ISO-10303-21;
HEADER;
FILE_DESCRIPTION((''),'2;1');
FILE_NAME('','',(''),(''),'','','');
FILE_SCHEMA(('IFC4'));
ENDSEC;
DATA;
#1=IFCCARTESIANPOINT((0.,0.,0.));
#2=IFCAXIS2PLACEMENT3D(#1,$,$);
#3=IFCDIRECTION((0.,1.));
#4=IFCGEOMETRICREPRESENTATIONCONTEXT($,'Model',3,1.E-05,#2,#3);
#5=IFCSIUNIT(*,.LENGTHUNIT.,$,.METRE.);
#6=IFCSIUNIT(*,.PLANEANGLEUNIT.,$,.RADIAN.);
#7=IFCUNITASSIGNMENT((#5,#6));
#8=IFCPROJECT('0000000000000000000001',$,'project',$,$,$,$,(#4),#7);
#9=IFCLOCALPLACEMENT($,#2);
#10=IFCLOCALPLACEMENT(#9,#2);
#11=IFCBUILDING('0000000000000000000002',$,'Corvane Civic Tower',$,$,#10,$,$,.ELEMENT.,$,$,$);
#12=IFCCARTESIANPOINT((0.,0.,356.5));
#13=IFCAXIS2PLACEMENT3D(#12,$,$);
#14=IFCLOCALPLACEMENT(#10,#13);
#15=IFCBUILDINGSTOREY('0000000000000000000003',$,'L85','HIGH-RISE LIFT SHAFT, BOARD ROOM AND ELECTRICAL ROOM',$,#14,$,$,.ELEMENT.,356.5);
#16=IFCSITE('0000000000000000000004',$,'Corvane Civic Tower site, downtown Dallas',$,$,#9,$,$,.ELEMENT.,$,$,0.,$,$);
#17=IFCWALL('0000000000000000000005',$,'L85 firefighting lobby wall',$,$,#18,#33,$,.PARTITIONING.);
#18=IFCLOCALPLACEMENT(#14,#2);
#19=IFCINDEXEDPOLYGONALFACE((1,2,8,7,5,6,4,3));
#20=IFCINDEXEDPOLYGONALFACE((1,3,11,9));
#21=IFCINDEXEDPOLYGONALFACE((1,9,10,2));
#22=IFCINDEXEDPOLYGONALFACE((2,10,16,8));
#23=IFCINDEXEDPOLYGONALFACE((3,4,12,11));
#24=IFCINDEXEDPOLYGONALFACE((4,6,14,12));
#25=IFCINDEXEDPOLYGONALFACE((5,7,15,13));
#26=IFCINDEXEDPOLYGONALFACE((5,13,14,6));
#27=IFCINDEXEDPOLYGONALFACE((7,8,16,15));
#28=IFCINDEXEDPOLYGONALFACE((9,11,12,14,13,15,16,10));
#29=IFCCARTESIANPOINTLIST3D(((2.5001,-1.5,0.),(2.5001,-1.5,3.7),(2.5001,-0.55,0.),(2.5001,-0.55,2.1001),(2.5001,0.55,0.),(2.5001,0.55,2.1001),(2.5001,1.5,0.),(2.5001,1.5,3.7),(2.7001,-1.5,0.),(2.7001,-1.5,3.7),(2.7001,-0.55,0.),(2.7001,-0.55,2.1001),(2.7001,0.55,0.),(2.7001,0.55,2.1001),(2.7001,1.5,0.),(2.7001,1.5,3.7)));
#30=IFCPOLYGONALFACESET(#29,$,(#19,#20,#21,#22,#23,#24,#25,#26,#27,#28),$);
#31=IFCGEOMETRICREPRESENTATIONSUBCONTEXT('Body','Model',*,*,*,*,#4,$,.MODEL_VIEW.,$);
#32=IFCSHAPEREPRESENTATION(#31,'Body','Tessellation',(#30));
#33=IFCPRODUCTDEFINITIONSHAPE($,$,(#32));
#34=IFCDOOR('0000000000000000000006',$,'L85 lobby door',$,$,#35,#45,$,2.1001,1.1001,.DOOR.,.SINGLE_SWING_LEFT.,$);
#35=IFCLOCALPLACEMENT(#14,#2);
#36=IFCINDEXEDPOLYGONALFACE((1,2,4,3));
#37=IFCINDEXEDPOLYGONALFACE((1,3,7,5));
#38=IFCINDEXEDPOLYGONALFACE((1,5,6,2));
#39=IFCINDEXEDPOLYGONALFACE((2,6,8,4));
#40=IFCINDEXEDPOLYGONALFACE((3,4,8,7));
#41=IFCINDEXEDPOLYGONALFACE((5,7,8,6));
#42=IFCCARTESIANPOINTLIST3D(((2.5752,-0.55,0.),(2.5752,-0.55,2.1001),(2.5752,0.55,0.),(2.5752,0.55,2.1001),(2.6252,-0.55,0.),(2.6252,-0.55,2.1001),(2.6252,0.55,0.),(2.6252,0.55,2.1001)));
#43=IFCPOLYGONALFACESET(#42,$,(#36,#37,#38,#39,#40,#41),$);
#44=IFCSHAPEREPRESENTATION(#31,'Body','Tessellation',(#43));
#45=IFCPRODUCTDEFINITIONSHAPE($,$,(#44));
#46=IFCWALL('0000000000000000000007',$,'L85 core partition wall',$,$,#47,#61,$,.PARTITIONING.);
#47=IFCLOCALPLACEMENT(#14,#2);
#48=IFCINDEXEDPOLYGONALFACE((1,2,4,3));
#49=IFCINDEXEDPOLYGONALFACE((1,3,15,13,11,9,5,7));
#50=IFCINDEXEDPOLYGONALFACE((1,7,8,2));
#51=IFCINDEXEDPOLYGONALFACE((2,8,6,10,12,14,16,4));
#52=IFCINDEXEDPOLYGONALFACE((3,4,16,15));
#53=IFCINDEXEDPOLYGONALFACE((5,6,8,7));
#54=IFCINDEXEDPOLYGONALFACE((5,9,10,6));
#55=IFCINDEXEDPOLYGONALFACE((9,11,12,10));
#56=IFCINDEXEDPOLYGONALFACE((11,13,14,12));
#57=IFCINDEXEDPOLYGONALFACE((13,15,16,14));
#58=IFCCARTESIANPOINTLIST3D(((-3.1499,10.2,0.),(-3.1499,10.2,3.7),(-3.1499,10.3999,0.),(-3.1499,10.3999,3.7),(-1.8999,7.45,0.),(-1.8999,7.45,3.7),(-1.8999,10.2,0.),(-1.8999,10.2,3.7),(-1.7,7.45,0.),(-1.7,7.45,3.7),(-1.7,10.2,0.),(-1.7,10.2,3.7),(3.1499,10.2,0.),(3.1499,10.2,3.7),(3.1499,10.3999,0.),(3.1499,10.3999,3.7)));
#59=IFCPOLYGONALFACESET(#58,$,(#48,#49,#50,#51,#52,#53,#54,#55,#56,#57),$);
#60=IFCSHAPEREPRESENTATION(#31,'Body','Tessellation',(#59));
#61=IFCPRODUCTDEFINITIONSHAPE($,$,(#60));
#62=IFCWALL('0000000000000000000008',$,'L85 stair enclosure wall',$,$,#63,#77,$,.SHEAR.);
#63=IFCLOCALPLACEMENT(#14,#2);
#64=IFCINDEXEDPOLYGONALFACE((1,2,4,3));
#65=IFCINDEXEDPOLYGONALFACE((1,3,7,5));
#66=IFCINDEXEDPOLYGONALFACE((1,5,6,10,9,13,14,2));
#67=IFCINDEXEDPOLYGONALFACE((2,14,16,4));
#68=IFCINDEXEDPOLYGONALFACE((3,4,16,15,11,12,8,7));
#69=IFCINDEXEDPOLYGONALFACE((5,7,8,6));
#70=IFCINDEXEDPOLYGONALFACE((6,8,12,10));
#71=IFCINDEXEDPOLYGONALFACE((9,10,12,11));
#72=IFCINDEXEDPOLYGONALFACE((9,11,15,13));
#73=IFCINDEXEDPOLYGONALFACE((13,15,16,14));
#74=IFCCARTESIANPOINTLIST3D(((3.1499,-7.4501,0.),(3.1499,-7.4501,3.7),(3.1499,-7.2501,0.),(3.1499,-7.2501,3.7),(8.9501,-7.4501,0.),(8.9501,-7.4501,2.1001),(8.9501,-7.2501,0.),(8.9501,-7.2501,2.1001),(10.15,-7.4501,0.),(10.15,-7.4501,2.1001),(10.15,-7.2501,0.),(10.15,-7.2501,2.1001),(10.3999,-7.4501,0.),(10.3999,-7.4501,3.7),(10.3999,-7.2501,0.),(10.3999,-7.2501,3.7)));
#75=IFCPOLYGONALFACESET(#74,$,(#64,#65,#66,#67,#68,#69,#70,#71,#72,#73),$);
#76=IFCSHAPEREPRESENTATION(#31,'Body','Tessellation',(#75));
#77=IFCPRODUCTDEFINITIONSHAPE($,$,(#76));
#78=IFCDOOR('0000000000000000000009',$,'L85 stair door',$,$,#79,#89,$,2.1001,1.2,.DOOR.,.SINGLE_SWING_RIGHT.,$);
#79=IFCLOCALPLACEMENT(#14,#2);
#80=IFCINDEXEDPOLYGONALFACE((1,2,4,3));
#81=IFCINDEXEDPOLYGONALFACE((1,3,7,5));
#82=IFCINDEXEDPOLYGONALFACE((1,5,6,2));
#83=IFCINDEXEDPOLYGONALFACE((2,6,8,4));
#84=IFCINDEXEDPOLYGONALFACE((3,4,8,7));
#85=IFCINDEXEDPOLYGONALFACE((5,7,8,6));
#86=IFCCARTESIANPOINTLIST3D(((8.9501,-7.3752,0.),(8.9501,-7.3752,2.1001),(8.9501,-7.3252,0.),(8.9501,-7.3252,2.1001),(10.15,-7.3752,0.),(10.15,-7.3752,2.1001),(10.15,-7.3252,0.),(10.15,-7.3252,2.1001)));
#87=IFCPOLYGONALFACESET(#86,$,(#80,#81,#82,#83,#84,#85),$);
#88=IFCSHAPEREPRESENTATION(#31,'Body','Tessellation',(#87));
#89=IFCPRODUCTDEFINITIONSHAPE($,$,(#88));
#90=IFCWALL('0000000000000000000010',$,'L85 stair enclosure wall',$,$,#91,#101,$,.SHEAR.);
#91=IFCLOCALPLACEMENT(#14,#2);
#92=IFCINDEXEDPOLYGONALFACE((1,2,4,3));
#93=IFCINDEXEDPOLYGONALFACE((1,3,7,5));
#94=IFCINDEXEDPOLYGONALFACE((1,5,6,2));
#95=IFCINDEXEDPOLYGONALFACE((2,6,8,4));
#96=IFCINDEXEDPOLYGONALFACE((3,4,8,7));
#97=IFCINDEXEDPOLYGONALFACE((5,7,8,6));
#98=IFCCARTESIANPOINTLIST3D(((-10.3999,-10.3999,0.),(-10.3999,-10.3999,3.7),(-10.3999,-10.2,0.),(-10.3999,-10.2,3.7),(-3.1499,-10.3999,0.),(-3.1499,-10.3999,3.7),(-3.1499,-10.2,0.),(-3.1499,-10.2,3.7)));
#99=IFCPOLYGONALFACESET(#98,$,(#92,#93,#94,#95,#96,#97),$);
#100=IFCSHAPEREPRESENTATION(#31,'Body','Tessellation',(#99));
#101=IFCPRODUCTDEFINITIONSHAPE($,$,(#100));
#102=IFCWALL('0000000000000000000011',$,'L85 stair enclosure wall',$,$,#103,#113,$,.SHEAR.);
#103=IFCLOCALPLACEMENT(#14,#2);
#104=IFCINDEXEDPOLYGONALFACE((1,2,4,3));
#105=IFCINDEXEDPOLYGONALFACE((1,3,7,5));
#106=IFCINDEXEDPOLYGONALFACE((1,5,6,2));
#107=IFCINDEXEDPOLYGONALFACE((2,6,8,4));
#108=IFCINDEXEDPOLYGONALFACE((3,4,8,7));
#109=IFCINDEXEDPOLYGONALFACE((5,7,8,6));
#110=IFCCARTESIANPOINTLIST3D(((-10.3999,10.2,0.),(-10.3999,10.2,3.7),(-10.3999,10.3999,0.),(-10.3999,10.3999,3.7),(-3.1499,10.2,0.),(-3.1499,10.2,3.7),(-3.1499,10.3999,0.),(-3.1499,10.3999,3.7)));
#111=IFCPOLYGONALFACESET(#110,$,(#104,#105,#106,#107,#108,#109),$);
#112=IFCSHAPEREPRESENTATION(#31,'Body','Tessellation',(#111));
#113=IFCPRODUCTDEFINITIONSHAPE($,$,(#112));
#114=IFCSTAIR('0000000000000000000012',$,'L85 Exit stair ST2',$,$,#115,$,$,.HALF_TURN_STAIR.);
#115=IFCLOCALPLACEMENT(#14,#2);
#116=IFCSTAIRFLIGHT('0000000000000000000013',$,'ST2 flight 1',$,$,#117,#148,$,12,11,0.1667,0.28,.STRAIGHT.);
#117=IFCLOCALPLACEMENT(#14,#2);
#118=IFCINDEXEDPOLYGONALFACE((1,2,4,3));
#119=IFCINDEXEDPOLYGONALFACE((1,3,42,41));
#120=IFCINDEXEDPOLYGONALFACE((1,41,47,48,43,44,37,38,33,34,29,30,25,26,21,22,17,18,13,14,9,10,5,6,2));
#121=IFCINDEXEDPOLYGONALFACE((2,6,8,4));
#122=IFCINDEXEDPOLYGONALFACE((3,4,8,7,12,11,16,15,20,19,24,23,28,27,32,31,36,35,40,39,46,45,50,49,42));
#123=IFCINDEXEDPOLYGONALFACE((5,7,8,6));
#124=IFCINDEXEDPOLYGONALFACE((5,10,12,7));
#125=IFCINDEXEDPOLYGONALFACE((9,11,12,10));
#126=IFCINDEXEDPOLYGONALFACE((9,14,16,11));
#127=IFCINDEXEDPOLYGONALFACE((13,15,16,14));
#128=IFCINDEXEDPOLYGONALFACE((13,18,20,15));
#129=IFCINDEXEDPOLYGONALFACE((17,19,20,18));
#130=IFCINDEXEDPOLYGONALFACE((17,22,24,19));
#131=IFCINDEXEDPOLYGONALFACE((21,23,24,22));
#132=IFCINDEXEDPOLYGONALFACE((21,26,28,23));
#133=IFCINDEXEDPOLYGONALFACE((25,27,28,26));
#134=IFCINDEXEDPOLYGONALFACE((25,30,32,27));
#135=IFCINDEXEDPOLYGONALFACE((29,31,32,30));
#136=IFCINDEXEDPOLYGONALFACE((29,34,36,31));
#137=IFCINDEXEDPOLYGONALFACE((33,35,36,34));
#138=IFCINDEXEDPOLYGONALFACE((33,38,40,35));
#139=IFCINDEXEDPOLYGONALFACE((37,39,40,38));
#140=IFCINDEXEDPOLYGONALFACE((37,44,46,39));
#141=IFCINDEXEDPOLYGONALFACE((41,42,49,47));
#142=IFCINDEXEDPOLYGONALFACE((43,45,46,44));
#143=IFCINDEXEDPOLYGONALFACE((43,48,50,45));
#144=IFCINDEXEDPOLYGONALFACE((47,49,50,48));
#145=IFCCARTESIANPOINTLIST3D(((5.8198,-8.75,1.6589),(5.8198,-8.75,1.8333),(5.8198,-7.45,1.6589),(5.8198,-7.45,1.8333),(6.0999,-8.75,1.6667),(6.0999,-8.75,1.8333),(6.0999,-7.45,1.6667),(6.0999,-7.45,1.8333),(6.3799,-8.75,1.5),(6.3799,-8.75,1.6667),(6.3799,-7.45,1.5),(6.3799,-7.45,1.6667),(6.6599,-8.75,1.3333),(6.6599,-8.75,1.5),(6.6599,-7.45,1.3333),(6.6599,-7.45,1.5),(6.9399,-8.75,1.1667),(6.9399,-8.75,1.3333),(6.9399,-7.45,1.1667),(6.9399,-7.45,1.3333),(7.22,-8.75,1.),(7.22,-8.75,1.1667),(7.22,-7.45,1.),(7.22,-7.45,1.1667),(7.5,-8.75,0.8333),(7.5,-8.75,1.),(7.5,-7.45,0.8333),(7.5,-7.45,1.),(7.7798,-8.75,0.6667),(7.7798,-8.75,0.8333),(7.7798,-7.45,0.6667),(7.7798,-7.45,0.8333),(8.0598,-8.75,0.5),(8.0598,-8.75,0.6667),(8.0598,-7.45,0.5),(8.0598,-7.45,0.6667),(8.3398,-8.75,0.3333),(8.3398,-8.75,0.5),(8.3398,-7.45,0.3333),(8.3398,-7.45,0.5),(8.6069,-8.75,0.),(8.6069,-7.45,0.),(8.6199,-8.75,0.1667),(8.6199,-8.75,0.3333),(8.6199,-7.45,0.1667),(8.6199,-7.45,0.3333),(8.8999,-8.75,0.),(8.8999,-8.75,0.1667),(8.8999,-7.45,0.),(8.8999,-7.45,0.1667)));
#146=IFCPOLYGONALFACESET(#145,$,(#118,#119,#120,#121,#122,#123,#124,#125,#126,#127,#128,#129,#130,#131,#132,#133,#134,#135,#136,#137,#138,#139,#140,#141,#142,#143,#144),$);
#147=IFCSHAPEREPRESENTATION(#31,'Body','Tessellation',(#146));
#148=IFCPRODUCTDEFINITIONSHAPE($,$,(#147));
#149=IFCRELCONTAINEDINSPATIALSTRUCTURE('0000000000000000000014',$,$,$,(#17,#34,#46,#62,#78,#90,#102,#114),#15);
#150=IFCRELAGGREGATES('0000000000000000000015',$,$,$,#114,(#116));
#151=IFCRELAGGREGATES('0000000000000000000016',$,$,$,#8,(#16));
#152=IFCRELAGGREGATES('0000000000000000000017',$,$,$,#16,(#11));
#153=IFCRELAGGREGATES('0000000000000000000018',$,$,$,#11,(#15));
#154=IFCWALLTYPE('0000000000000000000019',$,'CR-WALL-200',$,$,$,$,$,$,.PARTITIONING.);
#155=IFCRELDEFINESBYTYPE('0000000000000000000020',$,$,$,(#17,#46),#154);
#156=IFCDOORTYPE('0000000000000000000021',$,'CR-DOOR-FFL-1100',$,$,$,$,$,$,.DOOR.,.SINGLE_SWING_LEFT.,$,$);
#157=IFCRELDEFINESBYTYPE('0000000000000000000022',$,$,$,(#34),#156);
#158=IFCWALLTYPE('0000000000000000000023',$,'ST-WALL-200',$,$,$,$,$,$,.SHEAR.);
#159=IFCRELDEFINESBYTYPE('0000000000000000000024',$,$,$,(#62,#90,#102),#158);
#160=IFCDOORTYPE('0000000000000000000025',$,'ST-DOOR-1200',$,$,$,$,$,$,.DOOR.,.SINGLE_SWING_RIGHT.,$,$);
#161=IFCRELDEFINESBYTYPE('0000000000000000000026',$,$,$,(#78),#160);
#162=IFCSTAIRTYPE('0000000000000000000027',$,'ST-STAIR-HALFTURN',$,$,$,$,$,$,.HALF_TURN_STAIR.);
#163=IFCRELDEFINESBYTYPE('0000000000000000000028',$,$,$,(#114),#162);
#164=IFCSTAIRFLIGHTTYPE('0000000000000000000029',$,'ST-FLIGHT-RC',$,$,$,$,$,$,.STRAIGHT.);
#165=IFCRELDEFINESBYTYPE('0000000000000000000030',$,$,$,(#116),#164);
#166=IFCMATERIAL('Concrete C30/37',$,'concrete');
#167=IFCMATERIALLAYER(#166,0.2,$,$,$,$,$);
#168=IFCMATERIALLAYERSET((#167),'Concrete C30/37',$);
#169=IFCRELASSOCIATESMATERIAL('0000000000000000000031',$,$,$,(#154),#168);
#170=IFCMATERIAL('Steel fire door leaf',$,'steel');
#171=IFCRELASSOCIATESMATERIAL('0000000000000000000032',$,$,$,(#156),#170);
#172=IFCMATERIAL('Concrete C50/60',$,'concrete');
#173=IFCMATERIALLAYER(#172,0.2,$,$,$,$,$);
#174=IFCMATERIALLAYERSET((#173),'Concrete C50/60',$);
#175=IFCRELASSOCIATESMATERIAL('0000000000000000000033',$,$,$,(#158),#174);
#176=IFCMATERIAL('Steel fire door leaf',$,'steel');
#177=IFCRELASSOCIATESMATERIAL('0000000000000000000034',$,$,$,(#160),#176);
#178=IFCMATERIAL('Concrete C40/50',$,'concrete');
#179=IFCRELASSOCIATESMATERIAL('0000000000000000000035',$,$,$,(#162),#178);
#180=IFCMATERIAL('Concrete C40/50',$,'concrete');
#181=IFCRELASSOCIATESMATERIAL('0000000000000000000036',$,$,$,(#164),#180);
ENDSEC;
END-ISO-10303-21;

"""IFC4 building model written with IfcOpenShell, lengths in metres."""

from ifc_helpers import new_model, si_unit, direction, frame, frame_2d, origin, place, context, subcontext, project, spatial, polyline, rectangle, outline, extrude, material, layer, layer_set, type_object, element, fill, aggregate, save


model = new_model("IFC4")

# Units and contexts
model_context = context("Model", 3, precision=1e-05, world=origin(), true_north=direction((0.0, 1.0)))
body_context = subcontext(model_context, "Body", "Model", "MODEL_VIEW")
ifc_project = project(units=[si_unit("LENGTHUNIT", "METRE"), si_unit("PLANEANGLEUNIT", "RADIAN")], contexts=[model_context])

# Site, building, storey
site_placement = place(None, origin())
site = spatial("IfcSite", under=ifc_project, at=site_placement, Name="Corvane Civic Tower site, downtown Dallas", CompositionType="ELEMENT", RefElevation=0.0)
building_placement = place(site_placement, origin())
building = spatial("IfcBuilding", under=site, at=building_placement, Name="Corvane Civic Tower", CompositionType="ELEMENT")
storey_placement = place(building_placement, frame((0.0, 0.0, 356.5)))
storey = spatial("IfcBuildingStorey", under=building, at=storey_placement, Name="L85", Description="HIGH-RISE LIFT SHAFT, BOARD ROOM AND ELECTRICAL ROOM", CompositionType="ELEMENT", Elevation=356.5)

# Wall, opening, door
ifc_material_1 = material(Name="Concrete C30/37", Category="concrete")
ifc_layer_1 = layer(ifc_material_1, 0.2)
ifc_layer_set_1 = layer_set([ifc_layer_1], Name="Concrete C30/37")
wall_type_1 = type_object("IfcWallType", Name="CR-WALL-200", PredefinedType="PARTITIONING", material=ifc_layer_set_1)
wall_1_placement = place(storey_placement, frame((2.6001, -1.5, 0.0), z_axis=(0.0, 0.0, 1.0), x_axis=(0.0, 1.0, 0.0)))
wall_1 = element("IfcWall", 1, at=wall_1_placement, inside=storey, type_object=wall_type_1, Name="L85 firefighting lobby wall", PredefinedType="PARTITIONING", context=body_context, shape_type="SweptSolid", body=[
    extrude(rectangle(XDim=3.0, YDim=0.2, at=frame_2d((1.5, 0.0))), origin(), (0.0, 0.0, 1.0), 3.7),
])
opening_1_placement = place(wall_1_placement, frame((0.95, 0.0, 0.0)))
opening_1 = element("IfcOpeningElement", 2, at=opening_1_placement, cuts=wall_1, PredefinedType="OPENING", context=body_context, shape_type="SweptSolid", body=[
    extrude(rectangle(XDim=1.1001, YDim=2.1001, at=frame_2d((0.55, 1.05))), frame((0.0, 0.1099, 0.0), z_axis=(0.0, -1.0, 0.0), x_axis=(1.0, 0.0, 0.0)), (0.0, 0.0, 1.0), 0.22),
])
ifc_material_2 = material(Name="Steel fire door leaf", Category="steel")
door_type_1 = type_object("IfcDoorType", Name="CR-DOOR-FFL-1100", OperationType="SINGLE_SWING_LEFT", PredefinedType="DOOR", material=ifc_material_2)
door_1_placement = place(opening_1_placement, origin())
door_1 = element("IfcDoor", 3, at=door_1_placement, inside=storey, type_object=door_type_1, Name="L85 lobby door", OperationType="SINGLE_SWING_LEFT", OverallHeight=2.1001, OverallWidth=1.1001, PredefinedType="DOOR", context=body_context, shape_type="SweptSolid", body=[
    extrude(rectangle(XDim=1.1001, YDim=2.1001, at=frame_2d((0.55, 1.05))), frame((0.0, 0.0249, 0.0), z_axis=(0.0, -1.0, 0.0), x_axis=(1.0, 0.0, 0.0)), (0.0, 0.0, 1.0), 0.05),
])
fill(opening_1, door_1)

# Wall
wall_2_placement = place(storey_placement, origin())
element("IfcWall", 4, at=wall_2_placement, inside=storey, type_object=wall_type_1, Name="L85 core partition wall", PredefinedType="PARTITIONING", context=body_context, shape_type="SweptSolid", body=[
    extrude(outline(polyline([(-1.7, 7.45), (-1.8999, 7.45), (-1.8999, 10.2), (-3.1499, 10.2), (-3.1499, 10.3999), (3.1499, 10.3999), (3.1499, 10.2), (-1.7, 10.2), (-1.7, 7.45)])), origin(), (0.0, 0.0, 1.0), 3.7),
])

# Wall, opening, door
ifc_material_3 = material(Name="Concrete C50/60", Category="concrete")
ifc_layer_2 = layer(ifc_material_3, 0.2)
ifc_layer_set_2 = layer_set([ifc_layer_2], Name="Concrete C50/60")
wall_type_2 = type_object("IfcWallType", Name="ST-WALL-200", PredefinedType="SHEAR", material=ifc_layer_set_2)
wall_3_placement = place(storey_placement, frame((3.1499, -7.3501, 0.0), z_axis=(0.0, 0.0, 1.0), x_axis=(1.0, 0.0, 0.0)))
wall_3 = element("IfcWall", 5, at=wall_3_placement, inside=storey, type_object=wall_type_2, Name="L85 stair enclosure wall", PredefinedType="SHEAR", context=body_context, shape_type="SweptSolid", body=[
    extrude(rectangle(XDim=7.25, YDim=0.2, at=frame_2d((3.625, 0.0))), origin(), (0.0, 0.0, 1.0), 3.7),
])
opening_2_placement = place(wall_3_placement, frame((5.8, 0.0, 0.0)))
opening_2 = element("IfcOpeningElement", 6, at=opening_2_placement, cuts=wall_3, PredefinedType="OPENING", context=body_context, shape_type="SweptSolid", body=[
    extrude(rectangle(XDim=1.2, YDim=2.1001, at=frame_2d((0.6001, 1.05))), frame((0.0, 0.1099, 0.0), z_axis=(0.0, -1.0, 0.0), x_axis=(1.0, 0.0, 0.0)), (0.0, 0.0, 1.0), 0.22),
])
ifc_material_4 = material(Name="Steel fire door leaf", Category="steel")
door_type_2 = type_object("IfcDoorType", Name="ST-DOOR-1200", OperationType="SINGLE_SWING_RIGHT", PredefinedType="DOOR", material=ifc_material_4)
door_2_placement = place(opening_2_placement, origin())
door_2 = element("IfcDoor", 7, at=door_2_placement, inside=storey, type_object=door_type_2, Name="L85 stair door", OperationType="SINGLE_SWING_RIGHT", OverallHeight=2.1001, OverallWidth=1.2, PredefinedType="DOOR", context=body_context, shape_type="SweptSolid", body=[
    extrude(rectangle(XDim=1.2, YDim=2.1001, at=frame_2d((0.6001, 1.05))), frame((0.0, 0.0249, 0.0), z_axis=(0.0, -1.0, 0.0), x_axis=(1.0, 0.0, 0.0)), (0.0, 0.0, 1.0), 0.05),
])
fill(opening_2, door_2)

# Walls
wall_4_placement = place(storey_placement, origin())
element("IfcWall", 8, at=wall_4_placement, inside=storey, type_object=wall_type_2, Name="L85 stair enclosure wall", PredefinedType="SHEAR", context=body_context, shape_type="SweptSolid", body=[
    extrude(outline(polyline([(-3.1499, -10.2), (-3.1499, -10.3999), (-10.3999, -10.3999), (-10.3999, -10.2), (-3.1499, -10.2)])), origin(), (0.0, 0.0, 1.0), 3.7),
])
wall_5_placement = place(storey_placement, origin())
element("IfcWall", 9, at=wall_5_placement, inside=storey, type_object=wall_type_2, Name="L85 stair enclosure wall", PredefinedType="SHEAR", context=body_context, shape_type="SweptSolid", body=[
    extrude(outline(polyline([(-3.1499, 10.2), (-10.3999, 10.2), (-10.3999, 10.3999), (-3.1499, 10.3999), (-3.1499, 10.2)])), origin(), (0.0, 0.0, 1.0), 3.7),
])

# Stair, stair flight
ifc_material_5 = material(Name="Concrete C40/50", Category="concrete")
stair_type = type_object("IfcStairType", Name="ST-STAIR-HALFTURN", PredefinedType="HALF_TURN_STAIR", material=ifc_material_5)
stair_placement = place(storey_placement, origin())
stair = element("IfcStair", 10, at=stair_placement, inside=storey, type_object=stair_type, Name="L85 Exit stair ST2", PredefinedType="HALF_TURN_STAIR")
ifc_material_6 = material(Name="Concrete C40/50", Category="concrete")
stair_flight_type = type_object("IfcStairFlightType", Name="ST-FLIGHT-RC", PredefinedType="STRAIGHT", material=ifc_material_6)
stair_flight_1_placement = place(storey_placement, frame((8.8999, -8.1001, 0.0), z_axis=(0.0, 0.0, 1.0), x_axis=(-1.0, 0.0, 0.0)))
stair_flight_1 = element("IfcStairFlight", 11, at=stair_flight_1_placement, type_object=stair_flight_type, Name="ST2 flight 1", NumberOfRisers=12, NumberOfTreads=11, PredefinedType="STRAIGHT", RiserHeight=0.1667, TreadLength=0.28, context=body_context, shape_type="SweptSolid", body=[
    extrude(outline(polyline([(0.0, 0.0), (0.0, 0.1667), (0.28, 0.1667), (0.28, 0.3333), (0.5601, 0.3333), (0.5601, 0.5), (0.8401, 0.5), (0.8401, 0.6667), (1.1201, 0.6667), (1.1201, 0.8333), (1.3999, 0.8333), (1.3999, 1.0), (1.6799, 1.0), (1.6799, 1.1667), (1.96, 1.1667), (1.96, 1.3333), (2.24, 1.3333), (2.24, 1.5), (2.52, 1.5), (2.52, 1.6667), (2.8, 1.6667), (2.8, 1.8333), (3.0801, 1.8333), (3.0801, 2.0), (3.0801, 1.6589), (0.293, 0.0), (0.0, 0.0)])), frame((0.0, 0.6499, 0.0), z_axis=(0.0, -1.0, 0.0), x_axis=(1.0, 0.0, 0.0)), (0.0, 0.0, 1.0), 1.3),
])
aggregate(stair, [stair_flight_1])

save(model, "model.ifc")
